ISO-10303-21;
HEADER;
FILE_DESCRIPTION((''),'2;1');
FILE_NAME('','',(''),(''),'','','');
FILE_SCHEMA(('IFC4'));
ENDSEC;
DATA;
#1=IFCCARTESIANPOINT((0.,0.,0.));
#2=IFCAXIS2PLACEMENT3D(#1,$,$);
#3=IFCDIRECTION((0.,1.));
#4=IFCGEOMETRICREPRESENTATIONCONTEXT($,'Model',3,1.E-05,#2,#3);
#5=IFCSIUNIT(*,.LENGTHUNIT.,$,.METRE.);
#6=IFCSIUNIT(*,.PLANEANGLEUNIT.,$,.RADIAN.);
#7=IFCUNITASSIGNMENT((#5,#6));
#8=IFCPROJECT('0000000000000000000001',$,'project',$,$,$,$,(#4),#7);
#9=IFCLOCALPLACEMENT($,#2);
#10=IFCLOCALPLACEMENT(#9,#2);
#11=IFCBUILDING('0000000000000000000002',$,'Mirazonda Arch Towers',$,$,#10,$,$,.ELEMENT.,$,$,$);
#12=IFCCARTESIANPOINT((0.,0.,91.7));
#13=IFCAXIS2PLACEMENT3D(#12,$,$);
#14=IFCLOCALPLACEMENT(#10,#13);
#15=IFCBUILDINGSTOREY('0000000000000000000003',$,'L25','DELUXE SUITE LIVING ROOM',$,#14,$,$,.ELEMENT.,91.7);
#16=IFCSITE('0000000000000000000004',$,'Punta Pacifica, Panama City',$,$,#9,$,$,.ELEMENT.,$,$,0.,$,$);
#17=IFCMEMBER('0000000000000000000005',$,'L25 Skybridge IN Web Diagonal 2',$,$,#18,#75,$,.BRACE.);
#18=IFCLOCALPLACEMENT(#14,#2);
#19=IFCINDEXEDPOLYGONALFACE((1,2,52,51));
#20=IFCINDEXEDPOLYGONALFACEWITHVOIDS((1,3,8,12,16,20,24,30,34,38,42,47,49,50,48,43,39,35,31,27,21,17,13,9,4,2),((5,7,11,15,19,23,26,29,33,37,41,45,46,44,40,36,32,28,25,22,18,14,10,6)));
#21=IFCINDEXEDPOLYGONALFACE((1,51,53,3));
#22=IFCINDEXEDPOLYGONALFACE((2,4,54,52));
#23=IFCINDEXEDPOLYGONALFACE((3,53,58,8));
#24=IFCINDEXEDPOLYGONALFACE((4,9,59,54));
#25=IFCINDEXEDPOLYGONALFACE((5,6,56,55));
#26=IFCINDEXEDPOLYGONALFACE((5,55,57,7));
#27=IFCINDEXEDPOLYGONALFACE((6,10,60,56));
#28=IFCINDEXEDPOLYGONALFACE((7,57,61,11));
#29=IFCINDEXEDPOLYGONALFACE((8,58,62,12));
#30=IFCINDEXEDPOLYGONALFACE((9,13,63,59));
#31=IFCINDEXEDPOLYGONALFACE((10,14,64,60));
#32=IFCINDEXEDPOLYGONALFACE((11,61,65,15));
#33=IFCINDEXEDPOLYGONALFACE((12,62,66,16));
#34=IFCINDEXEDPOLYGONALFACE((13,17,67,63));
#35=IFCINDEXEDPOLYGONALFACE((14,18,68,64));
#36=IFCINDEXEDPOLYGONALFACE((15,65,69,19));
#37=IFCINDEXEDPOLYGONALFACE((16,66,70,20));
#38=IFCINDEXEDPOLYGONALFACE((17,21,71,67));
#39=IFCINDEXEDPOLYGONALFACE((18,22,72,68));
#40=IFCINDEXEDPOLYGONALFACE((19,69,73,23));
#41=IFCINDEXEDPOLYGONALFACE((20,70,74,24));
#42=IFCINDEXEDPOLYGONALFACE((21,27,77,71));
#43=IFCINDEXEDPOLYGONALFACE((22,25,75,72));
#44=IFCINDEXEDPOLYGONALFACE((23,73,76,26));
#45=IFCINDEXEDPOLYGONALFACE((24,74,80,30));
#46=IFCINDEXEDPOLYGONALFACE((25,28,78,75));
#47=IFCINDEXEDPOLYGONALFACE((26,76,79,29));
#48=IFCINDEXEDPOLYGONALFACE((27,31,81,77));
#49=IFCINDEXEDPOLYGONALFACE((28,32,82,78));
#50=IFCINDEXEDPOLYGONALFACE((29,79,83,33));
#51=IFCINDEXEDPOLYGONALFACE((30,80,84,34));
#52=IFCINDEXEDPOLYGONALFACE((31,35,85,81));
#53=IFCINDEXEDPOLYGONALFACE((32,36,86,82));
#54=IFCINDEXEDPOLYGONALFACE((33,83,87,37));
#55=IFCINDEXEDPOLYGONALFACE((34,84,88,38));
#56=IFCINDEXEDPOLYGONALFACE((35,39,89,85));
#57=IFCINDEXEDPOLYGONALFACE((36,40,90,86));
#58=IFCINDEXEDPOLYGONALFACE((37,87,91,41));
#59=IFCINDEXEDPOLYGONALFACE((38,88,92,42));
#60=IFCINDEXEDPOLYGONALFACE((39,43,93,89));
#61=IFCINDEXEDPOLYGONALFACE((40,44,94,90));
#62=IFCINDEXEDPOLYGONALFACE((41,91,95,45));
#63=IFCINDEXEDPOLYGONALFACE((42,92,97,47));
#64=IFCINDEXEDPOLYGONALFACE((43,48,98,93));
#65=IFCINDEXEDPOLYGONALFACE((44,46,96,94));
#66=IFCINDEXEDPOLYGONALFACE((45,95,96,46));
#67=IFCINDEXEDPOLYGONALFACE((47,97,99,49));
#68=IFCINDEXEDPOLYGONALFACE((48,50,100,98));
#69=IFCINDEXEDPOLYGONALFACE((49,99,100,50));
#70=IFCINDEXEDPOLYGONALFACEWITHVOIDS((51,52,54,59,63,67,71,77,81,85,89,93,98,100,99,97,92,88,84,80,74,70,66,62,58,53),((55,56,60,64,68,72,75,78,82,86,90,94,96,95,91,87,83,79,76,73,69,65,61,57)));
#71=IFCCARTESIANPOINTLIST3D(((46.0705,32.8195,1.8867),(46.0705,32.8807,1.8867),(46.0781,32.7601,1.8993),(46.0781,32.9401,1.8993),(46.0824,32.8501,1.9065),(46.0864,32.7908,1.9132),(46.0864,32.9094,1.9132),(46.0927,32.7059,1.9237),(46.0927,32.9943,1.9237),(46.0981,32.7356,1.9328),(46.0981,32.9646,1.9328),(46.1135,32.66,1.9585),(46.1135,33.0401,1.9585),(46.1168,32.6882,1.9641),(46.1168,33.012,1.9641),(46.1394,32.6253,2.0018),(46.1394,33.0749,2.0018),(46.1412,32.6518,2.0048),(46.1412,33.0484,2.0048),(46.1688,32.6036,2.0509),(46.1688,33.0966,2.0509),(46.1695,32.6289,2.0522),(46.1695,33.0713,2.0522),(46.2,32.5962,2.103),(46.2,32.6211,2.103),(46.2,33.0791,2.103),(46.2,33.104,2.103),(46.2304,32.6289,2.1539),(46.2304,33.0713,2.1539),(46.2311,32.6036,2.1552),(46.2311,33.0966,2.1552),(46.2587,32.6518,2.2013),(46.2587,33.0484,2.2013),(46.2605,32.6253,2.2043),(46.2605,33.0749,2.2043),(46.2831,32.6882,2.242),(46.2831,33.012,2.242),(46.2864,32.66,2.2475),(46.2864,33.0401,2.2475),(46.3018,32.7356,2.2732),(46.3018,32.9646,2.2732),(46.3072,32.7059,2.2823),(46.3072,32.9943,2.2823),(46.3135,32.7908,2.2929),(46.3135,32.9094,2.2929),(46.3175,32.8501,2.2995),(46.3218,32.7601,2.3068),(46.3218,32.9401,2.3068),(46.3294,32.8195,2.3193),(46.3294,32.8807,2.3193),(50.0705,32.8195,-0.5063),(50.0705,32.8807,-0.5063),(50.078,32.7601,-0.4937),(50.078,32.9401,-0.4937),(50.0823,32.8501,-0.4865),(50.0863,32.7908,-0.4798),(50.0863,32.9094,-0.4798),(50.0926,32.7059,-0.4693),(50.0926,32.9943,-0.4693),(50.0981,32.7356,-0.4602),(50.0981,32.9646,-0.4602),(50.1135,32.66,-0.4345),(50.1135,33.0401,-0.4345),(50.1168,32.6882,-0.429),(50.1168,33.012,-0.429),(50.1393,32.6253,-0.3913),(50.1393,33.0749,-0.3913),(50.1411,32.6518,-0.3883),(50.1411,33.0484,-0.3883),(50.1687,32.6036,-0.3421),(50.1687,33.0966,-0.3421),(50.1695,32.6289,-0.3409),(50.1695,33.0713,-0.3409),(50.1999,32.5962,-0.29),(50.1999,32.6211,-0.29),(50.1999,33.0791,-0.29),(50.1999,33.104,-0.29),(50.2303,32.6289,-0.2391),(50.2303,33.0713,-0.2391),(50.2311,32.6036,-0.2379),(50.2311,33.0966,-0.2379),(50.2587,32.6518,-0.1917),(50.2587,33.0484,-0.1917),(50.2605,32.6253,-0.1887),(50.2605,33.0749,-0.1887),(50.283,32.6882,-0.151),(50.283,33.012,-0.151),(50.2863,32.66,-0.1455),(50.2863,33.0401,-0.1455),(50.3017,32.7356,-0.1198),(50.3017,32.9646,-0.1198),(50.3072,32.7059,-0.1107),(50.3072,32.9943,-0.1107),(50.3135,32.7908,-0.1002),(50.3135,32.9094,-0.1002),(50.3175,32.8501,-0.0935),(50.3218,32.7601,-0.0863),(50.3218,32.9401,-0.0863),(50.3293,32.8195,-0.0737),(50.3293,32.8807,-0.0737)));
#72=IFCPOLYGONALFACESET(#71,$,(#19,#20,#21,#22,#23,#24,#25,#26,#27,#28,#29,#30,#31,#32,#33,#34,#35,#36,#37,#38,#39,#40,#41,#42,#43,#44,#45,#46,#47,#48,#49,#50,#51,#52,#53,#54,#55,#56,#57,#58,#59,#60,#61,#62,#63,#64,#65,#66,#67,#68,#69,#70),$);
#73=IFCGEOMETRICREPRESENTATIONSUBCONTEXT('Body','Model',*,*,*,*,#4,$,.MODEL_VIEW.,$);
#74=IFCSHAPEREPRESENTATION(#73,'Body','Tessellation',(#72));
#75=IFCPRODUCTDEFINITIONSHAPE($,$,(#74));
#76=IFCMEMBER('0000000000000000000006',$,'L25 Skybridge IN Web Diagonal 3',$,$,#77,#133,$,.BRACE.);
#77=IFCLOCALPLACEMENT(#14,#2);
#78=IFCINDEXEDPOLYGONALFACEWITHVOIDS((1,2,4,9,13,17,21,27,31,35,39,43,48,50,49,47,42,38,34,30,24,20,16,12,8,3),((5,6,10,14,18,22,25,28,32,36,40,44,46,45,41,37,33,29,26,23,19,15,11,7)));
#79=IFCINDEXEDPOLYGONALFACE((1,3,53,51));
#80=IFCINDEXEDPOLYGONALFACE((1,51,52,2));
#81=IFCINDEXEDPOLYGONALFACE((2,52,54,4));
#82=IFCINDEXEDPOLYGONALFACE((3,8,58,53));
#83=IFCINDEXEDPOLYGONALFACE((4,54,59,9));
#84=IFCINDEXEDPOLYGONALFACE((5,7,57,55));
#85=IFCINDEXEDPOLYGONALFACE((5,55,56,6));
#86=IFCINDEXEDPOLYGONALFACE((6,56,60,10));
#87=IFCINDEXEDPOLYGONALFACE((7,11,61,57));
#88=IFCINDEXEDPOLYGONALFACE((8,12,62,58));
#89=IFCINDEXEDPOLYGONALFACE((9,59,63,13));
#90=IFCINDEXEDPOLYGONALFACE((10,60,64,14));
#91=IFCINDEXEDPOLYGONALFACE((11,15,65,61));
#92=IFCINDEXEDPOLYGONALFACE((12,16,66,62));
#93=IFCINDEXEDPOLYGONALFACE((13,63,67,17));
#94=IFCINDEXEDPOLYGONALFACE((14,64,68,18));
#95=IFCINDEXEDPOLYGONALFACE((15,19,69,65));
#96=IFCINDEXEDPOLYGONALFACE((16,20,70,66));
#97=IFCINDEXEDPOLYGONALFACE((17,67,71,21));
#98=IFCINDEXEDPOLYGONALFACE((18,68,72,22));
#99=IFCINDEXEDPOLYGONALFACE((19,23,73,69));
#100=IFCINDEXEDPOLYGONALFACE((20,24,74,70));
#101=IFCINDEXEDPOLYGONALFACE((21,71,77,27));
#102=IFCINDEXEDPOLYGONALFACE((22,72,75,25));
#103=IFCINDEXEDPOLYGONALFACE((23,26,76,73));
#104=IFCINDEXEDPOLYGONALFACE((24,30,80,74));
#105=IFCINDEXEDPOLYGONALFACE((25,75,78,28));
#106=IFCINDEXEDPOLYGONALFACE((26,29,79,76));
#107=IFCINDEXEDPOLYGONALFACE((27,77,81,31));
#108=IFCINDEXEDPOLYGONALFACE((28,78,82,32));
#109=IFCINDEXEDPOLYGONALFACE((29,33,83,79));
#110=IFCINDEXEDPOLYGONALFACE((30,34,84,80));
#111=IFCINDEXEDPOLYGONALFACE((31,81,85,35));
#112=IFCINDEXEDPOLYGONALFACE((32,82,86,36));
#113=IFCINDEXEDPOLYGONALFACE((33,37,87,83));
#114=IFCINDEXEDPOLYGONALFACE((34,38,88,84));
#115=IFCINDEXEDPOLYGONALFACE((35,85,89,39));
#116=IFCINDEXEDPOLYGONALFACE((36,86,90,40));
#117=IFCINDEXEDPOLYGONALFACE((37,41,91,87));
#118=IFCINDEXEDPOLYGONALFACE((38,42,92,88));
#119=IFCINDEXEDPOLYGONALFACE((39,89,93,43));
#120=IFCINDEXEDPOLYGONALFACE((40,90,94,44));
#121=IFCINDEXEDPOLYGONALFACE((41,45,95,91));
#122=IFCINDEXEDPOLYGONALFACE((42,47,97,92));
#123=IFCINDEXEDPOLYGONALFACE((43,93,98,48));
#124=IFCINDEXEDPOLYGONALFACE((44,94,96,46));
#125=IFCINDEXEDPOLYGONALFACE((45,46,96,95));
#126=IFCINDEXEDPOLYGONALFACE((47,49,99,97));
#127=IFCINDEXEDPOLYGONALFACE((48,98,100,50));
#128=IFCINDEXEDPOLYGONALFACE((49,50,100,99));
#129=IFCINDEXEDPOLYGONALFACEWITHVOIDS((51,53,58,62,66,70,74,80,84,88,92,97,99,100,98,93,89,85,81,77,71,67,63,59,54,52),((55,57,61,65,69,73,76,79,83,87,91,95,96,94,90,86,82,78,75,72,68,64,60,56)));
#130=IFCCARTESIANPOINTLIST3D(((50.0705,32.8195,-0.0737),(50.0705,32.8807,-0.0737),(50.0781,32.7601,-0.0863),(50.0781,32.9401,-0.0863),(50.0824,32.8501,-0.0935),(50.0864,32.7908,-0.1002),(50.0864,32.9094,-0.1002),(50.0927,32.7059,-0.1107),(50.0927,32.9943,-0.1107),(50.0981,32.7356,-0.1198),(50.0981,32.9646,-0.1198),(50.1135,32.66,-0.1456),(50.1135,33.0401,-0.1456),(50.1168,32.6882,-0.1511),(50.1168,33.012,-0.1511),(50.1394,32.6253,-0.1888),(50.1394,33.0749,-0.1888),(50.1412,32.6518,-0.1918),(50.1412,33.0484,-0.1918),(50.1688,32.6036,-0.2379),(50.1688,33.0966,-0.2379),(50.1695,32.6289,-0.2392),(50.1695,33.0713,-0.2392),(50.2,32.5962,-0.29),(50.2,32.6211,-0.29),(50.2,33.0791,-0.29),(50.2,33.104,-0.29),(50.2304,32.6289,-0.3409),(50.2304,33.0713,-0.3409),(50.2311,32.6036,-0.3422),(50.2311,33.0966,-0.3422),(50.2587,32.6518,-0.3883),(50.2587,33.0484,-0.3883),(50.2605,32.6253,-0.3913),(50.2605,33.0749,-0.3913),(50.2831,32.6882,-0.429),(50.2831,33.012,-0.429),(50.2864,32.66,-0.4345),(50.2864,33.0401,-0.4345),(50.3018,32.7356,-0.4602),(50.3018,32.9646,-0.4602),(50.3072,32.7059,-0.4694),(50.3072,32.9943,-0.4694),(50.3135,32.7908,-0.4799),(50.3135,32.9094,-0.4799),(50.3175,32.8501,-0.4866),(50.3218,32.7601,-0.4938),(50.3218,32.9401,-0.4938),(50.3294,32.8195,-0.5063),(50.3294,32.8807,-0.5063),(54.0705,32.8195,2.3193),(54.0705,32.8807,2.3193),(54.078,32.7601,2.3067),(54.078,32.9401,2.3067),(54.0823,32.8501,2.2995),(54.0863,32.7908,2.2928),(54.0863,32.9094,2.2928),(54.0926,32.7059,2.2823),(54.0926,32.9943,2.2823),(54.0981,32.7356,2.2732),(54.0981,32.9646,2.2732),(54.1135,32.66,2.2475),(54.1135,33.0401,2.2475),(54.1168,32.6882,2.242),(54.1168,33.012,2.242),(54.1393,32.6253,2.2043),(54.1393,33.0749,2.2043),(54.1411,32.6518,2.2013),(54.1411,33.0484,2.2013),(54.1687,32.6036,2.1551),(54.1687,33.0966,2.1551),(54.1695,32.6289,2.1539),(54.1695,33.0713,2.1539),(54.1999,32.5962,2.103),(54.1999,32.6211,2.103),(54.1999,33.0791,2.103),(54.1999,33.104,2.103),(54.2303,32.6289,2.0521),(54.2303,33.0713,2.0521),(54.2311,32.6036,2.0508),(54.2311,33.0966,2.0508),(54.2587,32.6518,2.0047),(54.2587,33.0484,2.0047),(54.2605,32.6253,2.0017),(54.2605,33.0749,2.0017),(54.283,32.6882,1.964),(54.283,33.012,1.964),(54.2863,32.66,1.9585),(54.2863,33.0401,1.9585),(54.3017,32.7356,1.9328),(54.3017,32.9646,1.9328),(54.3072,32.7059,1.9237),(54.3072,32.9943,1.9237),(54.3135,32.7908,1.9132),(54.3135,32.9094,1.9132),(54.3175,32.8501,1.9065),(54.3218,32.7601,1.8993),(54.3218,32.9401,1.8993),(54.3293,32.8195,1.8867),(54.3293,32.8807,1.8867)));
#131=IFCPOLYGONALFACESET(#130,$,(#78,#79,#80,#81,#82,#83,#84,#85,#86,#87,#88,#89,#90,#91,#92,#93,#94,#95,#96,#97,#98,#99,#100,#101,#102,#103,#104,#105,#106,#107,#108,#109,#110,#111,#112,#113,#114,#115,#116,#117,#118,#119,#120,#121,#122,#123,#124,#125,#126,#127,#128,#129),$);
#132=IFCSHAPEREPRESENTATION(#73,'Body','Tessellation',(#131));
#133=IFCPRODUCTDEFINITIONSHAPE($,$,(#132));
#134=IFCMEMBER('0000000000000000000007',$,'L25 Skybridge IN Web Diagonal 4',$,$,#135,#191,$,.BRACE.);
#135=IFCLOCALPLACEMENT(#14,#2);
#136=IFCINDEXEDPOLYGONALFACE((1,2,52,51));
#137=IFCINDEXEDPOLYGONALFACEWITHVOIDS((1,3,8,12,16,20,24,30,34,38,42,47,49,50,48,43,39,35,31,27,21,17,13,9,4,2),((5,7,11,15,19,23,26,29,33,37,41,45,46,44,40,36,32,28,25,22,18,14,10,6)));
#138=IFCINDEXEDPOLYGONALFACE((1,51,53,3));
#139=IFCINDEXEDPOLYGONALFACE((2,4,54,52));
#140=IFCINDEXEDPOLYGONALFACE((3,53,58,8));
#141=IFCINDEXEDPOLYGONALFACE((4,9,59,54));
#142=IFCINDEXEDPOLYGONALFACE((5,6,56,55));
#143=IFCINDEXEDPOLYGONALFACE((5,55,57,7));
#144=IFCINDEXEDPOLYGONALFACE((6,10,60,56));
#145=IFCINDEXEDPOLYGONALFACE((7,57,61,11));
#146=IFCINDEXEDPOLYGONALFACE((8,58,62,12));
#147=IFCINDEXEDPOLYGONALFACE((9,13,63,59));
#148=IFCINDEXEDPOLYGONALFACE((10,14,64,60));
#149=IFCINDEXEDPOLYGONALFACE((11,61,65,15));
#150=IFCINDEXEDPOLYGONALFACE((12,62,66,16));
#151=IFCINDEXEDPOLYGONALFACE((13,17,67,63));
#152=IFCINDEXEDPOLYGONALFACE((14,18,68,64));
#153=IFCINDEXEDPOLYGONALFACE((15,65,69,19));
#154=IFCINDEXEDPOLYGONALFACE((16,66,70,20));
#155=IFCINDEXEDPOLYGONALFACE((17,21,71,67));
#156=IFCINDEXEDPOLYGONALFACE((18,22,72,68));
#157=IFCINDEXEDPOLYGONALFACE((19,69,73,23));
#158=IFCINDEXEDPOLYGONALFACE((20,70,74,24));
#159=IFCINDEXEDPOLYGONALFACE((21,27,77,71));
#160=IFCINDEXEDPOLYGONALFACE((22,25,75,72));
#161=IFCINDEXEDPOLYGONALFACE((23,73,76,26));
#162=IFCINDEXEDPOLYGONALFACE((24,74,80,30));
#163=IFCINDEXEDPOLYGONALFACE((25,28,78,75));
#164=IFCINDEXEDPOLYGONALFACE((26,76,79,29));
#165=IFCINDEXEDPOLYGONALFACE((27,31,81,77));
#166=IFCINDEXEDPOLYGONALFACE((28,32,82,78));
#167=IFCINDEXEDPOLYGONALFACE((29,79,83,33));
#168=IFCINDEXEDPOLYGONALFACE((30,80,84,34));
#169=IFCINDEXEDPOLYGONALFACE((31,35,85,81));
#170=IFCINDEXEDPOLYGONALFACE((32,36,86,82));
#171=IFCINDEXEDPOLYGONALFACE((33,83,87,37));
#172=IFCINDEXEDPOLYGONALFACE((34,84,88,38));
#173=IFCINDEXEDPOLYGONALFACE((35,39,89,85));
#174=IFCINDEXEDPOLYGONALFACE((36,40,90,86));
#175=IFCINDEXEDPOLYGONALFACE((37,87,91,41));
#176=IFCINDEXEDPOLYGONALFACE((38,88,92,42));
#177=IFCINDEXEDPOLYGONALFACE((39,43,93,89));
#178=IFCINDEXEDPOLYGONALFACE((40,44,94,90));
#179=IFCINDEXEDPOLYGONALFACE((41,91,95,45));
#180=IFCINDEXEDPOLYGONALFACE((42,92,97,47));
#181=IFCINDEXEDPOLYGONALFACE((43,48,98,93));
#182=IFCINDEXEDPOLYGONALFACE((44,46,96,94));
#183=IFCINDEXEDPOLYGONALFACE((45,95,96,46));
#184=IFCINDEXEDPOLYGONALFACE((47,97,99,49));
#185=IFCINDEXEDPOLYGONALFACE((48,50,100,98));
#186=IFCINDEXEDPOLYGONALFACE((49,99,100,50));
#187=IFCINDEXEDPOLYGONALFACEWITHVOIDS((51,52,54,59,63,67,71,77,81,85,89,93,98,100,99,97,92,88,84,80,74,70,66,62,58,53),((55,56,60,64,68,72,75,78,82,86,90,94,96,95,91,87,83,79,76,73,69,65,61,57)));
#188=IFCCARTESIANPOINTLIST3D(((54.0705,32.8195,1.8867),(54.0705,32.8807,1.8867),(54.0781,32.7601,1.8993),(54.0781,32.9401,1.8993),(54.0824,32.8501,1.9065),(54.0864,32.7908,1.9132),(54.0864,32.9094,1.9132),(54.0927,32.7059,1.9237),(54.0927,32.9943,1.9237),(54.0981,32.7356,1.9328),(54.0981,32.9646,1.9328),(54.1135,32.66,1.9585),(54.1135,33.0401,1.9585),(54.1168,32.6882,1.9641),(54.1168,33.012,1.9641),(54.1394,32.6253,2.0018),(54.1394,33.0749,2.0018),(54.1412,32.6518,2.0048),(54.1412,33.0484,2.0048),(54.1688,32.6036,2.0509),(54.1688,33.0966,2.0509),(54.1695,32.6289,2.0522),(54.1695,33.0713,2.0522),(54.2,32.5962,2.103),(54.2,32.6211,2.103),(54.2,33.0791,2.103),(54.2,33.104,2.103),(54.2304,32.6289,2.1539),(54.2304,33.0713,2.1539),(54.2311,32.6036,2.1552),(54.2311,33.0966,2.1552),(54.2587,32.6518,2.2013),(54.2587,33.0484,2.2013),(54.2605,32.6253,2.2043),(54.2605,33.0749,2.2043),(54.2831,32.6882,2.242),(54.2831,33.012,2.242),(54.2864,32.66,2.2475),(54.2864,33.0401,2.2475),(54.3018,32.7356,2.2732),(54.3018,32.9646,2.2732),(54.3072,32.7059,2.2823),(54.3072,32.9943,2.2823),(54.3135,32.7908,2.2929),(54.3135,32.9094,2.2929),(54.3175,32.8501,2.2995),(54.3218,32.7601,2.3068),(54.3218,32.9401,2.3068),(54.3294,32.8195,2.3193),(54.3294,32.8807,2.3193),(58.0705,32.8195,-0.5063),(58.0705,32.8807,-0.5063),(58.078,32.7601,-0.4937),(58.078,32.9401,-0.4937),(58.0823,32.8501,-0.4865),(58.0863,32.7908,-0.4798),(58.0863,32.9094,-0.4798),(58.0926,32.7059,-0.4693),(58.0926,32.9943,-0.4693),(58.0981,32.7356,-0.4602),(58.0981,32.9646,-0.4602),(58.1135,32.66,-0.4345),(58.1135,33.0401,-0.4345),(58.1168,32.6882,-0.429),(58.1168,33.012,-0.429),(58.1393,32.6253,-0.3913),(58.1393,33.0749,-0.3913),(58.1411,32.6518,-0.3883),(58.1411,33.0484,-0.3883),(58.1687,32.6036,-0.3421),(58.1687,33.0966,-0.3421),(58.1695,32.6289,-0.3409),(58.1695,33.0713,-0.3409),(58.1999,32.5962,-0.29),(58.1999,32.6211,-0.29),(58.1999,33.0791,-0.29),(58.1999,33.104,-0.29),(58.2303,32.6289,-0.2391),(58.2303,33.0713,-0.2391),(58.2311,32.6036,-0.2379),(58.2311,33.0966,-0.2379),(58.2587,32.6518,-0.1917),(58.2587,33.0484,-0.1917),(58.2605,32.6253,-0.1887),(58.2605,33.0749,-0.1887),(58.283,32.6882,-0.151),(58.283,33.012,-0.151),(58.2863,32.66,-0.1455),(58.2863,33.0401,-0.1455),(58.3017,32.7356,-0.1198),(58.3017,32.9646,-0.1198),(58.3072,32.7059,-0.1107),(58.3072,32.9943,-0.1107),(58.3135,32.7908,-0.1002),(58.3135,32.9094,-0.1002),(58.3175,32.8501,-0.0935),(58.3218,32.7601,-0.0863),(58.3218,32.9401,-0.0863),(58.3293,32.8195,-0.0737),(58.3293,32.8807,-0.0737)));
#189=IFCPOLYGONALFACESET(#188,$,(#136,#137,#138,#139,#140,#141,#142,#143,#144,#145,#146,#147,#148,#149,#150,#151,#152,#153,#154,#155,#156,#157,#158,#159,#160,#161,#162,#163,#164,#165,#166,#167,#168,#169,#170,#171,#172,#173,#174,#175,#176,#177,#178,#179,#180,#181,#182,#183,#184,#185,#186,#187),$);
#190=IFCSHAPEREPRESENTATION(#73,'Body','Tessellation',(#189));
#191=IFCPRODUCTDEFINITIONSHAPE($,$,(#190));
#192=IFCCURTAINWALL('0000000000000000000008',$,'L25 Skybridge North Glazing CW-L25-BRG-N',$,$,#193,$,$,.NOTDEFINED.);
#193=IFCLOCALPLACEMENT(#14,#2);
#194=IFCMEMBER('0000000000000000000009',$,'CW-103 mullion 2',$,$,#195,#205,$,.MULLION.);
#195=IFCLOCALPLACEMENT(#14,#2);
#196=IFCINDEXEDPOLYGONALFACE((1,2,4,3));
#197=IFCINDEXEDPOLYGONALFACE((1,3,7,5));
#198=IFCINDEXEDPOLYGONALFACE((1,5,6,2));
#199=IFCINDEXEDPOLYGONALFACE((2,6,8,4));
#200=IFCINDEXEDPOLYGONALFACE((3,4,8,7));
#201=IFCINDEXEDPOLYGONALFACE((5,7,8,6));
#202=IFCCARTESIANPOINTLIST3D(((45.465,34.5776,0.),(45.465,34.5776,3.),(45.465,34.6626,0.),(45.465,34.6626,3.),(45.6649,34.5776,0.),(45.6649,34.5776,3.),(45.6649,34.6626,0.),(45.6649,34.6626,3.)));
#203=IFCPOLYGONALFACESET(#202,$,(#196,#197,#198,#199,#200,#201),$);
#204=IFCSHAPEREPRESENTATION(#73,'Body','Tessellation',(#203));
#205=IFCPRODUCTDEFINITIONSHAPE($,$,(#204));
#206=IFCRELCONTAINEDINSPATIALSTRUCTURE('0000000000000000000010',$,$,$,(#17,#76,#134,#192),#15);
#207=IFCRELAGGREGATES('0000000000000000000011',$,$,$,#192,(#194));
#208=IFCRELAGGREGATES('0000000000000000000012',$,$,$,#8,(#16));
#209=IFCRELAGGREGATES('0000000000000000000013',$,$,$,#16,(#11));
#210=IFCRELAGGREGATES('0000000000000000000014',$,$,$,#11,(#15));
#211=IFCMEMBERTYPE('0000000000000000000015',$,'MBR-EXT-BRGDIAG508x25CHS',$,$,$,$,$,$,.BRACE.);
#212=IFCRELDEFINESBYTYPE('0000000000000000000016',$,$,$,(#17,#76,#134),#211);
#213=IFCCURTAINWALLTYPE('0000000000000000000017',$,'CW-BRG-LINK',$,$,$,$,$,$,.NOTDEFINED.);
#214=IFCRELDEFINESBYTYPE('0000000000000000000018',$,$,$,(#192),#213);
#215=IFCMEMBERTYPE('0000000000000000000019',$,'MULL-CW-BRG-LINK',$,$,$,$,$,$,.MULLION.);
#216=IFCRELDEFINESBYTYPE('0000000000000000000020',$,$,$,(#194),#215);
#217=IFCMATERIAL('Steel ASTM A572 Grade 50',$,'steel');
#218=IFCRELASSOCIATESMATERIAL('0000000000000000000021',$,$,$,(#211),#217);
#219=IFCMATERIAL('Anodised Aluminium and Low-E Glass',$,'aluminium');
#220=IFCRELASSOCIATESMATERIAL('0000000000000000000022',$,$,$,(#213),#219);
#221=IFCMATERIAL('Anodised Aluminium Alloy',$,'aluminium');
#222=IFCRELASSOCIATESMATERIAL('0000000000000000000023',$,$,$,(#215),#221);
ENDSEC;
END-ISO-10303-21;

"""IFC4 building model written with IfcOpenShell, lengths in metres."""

from ifc_helpers import new_model, si_unit, direction, frame, origin, origin_2d, place, context, subcontext, project, spatial, rectangle, hollow_circle, extrude, material, material_profile, profile_set, type_object, element, aggregate, save


model = new_model("IFC4")

# Units and contexts
model_context = context("Model", 3, precision=1e-05, world=origin(), true_north=direction((0.0, 1.0)))
body_context = subcontext(model_context, "Body", "Model", "MODEL_VIEW")
ifc_project = project(units=[si_unit("LENGTHUNIT", "METRE"), si_unit("PLANEANGLEUNIT", "RADIAN")], contexts=[model_context])

# Site, building, storey
site_placement = place(None, origin())
site = spatial("IfcSite", under=ifc_project, at=site_placement, Name="Punta Pacifica, Panama City", CompositionType="ELEMENT", RefElevation=0.0)
building_placement = place(site_placement, origin())
building = spatial("IfcBuilding", under=site, at=building_placement, Name="Mirazonda Arch Towers", CompositionType="ELEMENT")
storey_placement = place(building_placement, frame((0.0, 0.0, 91.7)))
storey = spatial("IfcBuildingStorey", under=building, at=storey_placement, Name="L25", Description="DELUXE SUITE LIVING ROOM", CompositionType="ELEMENT", Elevation=91.7)

# Members
ifc_material_1 = material(Name="Steel ASTM A572 Grade 50", Category="steel")
ifc_material_profile_1 = material_profile(ifc_material_1, hollow_circle(Radius=0.2539, WallThickness=0.0249, at=origin_2d()), Name="BRGDIAG508x25CHS")
ifc_profile_set_1 = profile_set([ifc_material_profile_1], Name="Steel ASTM A572 Grade 50")
member_type_1 = type_object("IfcMemberType", Name="MBR-EXT-BRGDIAG508x25CHS", PredefinedType="BRACE", material=ifc_profile_set_1)
for number, where, z_axis, x_axis, name in (
    (1, (46.2, 32.8501, 2.103), (0.858148, 0.0, -0.513402), (0.0, 1.0, 0.0), "L25 Skybridge IN Web Diagonal 2"),
    (2, (50.2, 32.8501, -0.29), (0.858148, 0.0, 0.513402), (0.0, 1.0, 0.0), "L25 Skybridge IN Web Diagonal 3"),
    (3, (54.2, 32.8501, 2.103), (0.858148, 0.0, -0.513402), (0.0, 1.0, 0.0), "L25 Skybridge IN Web Diagonal 4"),
):
    element("IfcMember", number, at=place(storey_placement, frame(where, z_axis=z_axis, x_axis=x_axis)), inside=storey, type_object=member_type_1, Name=name, PredefinedType="BRACE", context=body_context, shape_type="SweptSolid", body=[
        extrude(hollow_circle(Radius=0.2539, WallThickness=0.0249, at=origin_2d()), origin(), (0.0, 0.0, 1.0), 4.6611),
    ])

# Curtain wall, member
ifc_material_2 = material(Name="Anodised Aluminium and Low-E Glass", Category="aluminium")
curtain_wall_type = type_object("IfcCurtainWallType", Name="CW-BRG-LINK", PredefinedType="NOTDEFINED", material=ifc_material_2)
curtain_wall_placement = place(storey_placement, origin())
curtain_wall = element("IfcCurtainWall", 4, at=curtain_wall_placement, inside=storey, type_object=curtain_wall_type, Name="L25 Skybridge North Glazing CW-L25-BRG-N", PredefinedType="NOTDEFINED")
ifc_material_3 = material(Name="Anodised Aluminium Alloy", Category="aluminium")
ifc_material_profile_2 = material_profile(ifc_material_3, rectangle(XDim=0.085, YDim=0.2, at=origin_2d()), Name="ALU-MULL-85x200")
ifc_profile_set_2 = profile_set([ifc_material_profile_2], Name="Anodised Aluminium Alloy")
member_type_2 = type_object("IfcMemberType", Name="MULL-CW-BRG-LINK", PredefinedType="MULLION", material=ifc_profile_set_2)
member_1_placement = place(storey_placement, frame((45.5649, 34.6201, 0.0), z_axis=(0.0, 0.0, 1.0), x_axis=(0.0, 1.0, 0.0)))
member_1 = element("IfcMember", 5, at=member_1_placement, type_object=member_type_2, Name="CW-103 mullion 2", PredefinedType="MULLION", context=body_context, shape_type="SweptSolid", body=[
    extrude(rectangle(XDim=0.085, YDim=0.2, at=origin_2d()), origin(), (0.0, 0.0, 1.0), 3.0),
])
aggregate(curtain_wall, [member_1])

save(model, "model.ifc")
